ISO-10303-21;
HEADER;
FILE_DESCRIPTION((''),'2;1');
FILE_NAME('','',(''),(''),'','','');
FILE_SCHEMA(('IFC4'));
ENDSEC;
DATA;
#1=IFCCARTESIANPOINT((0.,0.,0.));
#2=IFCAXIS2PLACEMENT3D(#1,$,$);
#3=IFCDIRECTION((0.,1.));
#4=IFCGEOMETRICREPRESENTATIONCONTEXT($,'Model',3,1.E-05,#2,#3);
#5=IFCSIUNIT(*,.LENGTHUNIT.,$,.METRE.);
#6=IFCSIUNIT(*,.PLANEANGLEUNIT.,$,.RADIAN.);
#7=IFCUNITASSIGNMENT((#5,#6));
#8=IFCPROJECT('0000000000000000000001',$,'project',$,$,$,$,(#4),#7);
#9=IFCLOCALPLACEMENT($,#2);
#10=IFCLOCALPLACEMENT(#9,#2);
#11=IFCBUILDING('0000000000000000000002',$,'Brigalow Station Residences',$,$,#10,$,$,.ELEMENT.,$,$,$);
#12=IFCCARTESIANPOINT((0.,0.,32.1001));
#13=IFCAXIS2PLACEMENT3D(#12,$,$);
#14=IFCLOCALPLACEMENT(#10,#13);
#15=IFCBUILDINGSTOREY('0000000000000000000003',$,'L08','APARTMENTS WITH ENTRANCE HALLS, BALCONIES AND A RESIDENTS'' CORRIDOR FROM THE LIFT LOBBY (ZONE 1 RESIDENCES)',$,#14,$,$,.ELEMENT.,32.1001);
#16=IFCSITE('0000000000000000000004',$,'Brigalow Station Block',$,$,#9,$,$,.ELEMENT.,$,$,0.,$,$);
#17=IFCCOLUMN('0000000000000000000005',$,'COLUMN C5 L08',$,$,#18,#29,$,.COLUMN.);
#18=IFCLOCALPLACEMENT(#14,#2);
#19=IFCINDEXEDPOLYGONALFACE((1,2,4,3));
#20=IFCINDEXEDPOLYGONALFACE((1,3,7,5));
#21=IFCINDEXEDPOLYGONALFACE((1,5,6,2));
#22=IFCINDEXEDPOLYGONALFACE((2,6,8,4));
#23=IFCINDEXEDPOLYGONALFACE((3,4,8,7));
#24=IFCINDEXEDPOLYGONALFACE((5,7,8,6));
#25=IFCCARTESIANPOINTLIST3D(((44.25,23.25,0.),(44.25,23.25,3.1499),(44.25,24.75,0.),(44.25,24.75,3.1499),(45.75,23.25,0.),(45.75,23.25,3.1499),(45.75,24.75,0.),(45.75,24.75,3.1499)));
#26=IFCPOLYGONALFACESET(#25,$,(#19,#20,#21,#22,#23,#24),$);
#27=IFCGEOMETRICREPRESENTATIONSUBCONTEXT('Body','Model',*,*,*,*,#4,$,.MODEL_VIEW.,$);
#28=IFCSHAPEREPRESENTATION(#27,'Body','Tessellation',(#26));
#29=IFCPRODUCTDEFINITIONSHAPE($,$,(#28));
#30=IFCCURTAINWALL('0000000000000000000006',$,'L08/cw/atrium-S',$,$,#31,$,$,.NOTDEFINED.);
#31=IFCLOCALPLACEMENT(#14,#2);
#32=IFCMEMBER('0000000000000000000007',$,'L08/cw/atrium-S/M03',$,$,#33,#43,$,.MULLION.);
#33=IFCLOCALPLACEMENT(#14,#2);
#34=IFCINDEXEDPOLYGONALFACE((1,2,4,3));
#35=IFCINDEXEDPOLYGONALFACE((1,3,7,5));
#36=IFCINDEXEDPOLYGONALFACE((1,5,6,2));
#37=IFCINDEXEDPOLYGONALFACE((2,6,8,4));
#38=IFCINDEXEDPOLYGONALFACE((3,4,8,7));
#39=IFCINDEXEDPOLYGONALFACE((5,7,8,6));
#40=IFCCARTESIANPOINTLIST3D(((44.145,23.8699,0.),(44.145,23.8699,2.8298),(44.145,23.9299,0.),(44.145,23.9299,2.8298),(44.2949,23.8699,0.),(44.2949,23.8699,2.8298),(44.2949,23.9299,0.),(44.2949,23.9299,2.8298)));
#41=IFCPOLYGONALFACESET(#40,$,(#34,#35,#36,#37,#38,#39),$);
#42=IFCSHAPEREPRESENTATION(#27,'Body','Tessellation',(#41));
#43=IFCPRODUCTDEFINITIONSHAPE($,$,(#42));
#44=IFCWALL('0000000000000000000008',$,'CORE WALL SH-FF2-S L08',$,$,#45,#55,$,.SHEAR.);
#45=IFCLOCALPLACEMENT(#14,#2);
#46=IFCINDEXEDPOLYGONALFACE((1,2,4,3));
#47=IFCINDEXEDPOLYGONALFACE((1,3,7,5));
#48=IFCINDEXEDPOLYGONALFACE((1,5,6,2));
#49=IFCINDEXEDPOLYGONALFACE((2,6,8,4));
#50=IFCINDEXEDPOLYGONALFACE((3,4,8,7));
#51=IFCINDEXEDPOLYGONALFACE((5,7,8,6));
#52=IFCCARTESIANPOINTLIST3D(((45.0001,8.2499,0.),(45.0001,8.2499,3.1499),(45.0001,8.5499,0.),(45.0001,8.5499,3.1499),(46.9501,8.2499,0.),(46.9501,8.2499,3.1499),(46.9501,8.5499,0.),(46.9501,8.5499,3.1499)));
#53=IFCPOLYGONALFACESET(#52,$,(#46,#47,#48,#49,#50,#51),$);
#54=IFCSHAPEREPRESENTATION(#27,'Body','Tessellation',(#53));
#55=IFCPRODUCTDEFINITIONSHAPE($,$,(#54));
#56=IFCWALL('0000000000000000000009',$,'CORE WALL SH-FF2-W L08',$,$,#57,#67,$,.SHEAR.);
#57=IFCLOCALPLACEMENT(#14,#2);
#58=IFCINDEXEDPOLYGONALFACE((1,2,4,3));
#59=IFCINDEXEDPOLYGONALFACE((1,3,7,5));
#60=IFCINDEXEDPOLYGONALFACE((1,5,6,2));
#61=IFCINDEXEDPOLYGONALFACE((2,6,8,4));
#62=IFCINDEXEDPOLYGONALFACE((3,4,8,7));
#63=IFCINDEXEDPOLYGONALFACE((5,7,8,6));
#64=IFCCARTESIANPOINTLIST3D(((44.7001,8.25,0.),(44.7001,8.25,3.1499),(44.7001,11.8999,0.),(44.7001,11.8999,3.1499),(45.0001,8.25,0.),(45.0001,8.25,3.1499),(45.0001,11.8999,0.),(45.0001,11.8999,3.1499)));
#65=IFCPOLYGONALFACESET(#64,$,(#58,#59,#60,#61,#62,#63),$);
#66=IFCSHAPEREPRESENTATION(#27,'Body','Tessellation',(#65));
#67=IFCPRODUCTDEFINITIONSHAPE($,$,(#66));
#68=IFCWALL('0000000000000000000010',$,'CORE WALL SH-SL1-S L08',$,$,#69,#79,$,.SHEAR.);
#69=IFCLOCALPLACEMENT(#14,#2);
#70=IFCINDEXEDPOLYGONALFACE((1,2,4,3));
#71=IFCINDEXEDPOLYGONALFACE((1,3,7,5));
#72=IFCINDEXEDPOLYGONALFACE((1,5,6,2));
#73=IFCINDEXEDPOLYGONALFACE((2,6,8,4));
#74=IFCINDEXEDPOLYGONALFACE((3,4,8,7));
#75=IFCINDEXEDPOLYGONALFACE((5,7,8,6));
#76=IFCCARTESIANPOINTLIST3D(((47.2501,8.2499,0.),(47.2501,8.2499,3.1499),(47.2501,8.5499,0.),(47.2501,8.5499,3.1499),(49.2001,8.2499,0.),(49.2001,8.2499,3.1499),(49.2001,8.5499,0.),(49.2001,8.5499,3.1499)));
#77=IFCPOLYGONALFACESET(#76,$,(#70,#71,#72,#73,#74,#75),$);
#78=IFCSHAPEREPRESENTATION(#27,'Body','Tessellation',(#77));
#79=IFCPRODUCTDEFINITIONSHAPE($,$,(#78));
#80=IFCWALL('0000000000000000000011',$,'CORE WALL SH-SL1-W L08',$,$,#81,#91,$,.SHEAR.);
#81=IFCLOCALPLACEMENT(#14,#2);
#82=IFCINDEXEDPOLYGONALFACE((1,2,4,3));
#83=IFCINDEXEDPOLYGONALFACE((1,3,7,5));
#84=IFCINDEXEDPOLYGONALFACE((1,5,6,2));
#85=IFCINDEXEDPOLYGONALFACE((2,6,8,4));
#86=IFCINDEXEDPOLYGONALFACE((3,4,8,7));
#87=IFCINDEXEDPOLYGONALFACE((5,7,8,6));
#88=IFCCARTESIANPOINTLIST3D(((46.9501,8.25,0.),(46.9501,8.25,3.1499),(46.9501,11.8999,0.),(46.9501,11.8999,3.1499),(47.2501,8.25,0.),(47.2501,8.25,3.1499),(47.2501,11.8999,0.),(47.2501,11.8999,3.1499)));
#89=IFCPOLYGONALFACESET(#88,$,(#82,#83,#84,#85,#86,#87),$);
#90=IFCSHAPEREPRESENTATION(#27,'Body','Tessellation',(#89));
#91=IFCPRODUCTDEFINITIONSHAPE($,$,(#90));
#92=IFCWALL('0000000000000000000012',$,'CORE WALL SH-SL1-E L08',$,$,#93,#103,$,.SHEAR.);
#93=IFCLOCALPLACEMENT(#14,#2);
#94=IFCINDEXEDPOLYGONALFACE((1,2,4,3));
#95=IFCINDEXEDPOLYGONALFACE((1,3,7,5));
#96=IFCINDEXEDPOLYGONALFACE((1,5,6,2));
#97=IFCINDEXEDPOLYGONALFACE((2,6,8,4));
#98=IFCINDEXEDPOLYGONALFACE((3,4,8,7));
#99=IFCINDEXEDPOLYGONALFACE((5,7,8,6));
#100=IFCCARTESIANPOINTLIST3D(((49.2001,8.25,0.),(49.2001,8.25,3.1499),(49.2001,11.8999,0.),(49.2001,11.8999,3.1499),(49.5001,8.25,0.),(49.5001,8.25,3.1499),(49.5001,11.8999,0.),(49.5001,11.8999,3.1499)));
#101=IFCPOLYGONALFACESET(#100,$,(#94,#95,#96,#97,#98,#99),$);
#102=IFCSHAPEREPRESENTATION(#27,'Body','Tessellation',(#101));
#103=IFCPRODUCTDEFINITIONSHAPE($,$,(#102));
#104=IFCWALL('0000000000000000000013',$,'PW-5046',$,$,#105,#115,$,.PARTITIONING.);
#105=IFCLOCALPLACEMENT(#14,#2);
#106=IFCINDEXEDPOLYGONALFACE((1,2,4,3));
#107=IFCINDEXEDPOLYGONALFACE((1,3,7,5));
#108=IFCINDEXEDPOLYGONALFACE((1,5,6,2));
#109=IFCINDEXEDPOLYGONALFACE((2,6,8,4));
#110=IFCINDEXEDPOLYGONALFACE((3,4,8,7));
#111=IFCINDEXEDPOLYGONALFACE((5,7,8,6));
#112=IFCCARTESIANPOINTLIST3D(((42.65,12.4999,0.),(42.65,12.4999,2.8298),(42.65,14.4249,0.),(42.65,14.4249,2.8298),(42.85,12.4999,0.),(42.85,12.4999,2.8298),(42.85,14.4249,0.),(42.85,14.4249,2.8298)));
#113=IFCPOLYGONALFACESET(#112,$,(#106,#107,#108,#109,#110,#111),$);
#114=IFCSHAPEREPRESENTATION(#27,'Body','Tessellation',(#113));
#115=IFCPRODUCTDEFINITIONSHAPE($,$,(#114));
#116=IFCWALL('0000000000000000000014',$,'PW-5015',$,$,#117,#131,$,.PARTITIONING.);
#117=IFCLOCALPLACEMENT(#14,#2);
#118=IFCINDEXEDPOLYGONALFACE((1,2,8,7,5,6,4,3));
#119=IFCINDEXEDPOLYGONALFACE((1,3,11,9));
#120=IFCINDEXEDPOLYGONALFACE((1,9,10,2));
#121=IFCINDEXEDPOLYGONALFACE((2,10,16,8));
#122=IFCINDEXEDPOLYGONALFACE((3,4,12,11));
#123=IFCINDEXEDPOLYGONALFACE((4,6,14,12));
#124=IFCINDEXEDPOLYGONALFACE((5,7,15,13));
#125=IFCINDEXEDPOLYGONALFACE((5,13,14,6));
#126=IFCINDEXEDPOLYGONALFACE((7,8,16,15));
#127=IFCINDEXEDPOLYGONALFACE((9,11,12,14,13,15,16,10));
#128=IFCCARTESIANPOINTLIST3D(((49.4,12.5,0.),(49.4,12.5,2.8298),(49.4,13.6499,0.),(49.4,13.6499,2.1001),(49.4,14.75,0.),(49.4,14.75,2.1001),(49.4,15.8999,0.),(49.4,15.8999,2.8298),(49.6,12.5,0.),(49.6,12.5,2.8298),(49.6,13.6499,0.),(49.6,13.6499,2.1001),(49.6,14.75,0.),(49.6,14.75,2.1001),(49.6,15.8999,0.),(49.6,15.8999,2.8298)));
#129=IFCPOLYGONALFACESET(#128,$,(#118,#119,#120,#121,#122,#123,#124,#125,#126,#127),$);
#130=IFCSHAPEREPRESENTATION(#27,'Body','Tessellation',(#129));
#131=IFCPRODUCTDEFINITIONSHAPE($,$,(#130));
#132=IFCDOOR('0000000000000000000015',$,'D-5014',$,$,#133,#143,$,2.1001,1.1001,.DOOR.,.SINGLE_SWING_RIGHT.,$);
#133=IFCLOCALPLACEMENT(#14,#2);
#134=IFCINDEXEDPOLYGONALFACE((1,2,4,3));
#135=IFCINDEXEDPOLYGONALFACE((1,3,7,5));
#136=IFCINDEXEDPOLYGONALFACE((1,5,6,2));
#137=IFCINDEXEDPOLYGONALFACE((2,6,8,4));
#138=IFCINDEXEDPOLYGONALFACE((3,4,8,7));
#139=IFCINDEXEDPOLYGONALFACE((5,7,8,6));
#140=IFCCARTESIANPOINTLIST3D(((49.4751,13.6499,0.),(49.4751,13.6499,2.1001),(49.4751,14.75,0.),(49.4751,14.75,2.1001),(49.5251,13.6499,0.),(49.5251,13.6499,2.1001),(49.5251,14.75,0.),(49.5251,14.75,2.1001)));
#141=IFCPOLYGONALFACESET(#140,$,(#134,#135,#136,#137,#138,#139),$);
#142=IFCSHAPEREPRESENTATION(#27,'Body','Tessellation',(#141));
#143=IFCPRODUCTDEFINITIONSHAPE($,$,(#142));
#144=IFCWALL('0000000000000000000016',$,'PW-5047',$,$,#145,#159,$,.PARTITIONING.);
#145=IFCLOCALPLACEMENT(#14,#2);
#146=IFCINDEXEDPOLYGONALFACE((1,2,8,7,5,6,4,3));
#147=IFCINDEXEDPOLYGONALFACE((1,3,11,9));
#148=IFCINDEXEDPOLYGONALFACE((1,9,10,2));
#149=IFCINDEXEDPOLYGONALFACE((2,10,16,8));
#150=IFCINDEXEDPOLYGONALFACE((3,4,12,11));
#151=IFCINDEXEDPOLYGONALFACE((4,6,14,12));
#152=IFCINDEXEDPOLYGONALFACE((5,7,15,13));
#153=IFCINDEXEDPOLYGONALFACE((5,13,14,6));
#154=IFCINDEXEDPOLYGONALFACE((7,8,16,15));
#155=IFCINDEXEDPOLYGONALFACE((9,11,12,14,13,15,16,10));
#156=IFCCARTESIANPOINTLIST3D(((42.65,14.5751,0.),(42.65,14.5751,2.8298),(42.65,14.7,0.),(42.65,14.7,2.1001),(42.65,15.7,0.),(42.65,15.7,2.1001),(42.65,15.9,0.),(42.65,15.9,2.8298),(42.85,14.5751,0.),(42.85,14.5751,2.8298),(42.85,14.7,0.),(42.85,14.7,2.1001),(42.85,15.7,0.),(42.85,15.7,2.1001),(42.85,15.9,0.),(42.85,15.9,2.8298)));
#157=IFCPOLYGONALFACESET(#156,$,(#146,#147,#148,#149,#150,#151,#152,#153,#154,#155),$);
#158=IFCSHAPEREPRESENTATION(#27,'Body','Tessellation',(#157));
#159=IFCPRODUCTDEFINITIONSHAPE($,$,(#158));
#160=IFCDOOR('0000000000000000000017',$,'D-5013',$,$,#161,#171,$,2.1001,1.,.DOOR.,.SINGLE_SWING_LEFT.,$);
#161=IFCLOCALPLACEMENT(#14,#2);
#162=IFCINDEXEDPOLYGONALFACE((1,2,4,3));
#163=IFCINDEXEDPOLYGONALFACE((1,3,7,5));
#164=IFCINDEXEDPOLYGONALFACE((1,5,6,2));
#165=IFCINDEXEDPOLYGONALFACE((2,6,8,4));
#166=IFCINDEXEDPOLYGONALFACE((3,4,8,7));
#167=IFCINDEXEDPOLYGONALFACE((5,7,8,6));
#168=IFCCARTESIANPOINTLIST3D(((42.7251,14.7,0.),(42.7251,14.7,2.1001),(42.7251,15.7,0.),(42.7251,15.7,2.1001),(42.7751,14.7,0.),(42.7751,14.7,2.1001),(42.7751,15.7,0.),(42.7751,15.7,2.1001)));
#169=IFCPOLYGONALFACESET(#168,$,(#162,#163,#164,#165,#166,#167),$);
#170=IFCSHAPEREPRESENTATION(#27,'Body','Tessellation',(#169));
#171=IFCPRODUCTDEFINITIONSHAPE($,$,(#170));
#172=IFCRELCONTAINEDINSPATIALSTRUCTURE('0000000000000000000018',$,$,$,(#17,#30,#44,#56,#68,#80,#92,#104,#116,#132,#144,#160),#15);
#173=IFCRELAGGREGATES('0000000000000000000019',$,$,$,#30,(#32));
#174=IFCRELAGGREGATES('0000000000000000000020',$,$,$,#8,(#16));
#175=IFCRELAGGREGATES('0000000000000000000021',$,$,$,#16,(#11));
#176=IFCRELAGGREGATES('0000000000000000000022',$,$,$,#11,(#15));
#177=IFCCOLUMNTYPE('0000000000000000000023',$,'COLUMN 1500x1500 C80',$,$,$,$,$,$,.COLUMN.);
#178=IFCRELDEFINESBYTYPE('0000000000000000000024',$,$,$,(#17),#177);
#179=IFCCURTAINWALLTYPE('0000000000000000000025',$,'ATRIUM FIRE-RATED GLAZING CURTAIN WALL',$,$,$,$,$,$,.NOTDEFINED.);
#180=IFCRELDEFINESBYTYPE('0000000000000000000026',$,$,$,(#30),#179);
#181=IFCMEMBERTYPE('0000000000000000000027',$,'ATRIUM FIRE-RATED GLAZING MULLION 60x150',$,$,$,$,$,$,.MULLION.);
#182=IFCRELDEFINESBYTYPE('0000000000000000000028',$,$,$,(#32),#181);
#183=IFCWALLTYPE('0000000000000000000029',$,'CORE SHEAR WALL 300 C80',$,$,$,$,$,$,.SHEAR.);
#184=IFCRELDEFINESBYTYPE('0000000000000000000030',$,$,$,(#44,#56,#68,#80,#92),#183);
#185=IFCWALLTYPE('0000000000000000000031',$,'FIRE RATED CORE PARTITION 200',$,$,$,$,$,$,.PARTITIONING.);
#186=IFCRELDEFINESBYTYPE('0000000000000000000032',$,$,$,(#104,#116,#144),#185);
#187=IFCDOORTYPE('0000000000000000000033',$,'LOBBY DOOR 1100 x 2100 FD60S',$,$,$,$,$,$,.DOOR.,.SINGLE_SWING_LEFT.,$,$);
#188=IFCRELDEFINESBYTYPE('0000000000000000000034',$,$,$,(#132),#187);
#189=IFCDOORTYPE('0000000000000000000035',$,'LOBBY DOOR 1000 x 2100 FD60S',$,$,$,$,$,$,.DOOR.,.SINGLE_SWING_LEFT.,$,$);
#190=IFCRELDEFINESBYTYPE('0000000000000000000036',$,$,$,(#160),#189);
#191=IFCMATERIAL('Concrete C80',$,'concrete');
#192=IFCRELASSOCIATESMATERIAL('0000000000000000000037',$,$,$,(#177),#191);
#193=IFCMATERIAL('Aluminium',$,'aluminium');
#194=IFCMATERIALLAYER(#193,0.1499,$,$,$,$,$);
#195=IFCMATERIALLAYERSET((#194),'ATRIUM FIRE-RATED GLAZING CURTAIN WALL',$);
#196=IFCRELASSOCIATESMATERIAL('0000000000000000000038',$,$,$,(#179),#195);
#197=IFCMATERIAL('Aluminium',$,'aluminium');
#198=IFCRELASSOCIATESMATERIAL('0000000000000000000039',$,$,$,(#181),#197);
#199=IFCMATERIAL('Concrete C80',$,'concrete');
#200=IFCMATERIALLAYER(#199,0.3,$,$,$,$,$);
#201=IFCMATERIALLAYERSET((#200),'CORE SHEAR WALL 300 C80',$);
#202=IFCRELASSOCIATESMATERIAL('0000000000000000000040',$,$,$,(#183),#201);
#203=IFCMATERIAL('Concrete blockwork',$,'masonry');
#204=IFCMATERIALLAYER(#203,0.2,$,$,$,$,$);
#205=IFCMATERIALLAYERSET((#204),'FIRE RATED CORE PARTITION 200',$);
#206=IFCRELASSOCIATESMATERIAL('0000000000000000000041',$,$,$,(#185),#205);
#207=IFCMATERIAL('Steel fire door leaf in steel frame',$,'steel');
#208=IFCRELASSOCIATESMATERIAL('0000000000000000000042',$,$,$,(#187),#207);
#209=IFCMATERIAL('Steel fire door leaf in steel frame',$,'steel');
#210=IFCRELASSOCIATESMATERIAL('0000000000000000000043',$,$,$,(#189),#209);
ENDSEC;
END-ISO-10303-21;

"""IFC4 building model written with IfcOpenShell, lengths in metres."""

from ifc_helpers import new_model, si_unit, direction, frame, frame_2d, origin, origin_2d, place, context, subcontext, project, spatial, rectangle, extrude, material, layer, layer_set, material_profile, profile_set, type_object, element, fill, aggregate, save


model = new_model("IFC4")

# Units and contexts
model_context = context("Model", 3, precision=1e-05, world=origin(), true_north=direction((0.0, 1.0)))
body_context = subcontext(model_context, "Body", "Model", "MODEL_VIEW")
ifc_project = project(units=[si_unit("LENGTHUNIT", "METRE"), si_unit("PLANEANGLEUNIT", "RADIAN")], contexts=[model_context])

# Site, building, storey
site_placement = place(None, origin())
site = spatial("IfcSite", under=ifc_project, at=site_placement, Name="Brigalow Station Block", CompositionType="ELEMENT", RefElevation=0.0)
building_placement = place(site_placement, origin())
building = spatial("IfcBuilding", under=site, at=building_placement, Name="Brigalow Station Residences", CompositionType="ELEMENT")
storey_placement = place(building_placement, frame((0.0, 0.0, 32.1001)))
storey = spatial("IfcBuildingStorey", under=building, at=storey_placement, Name="L08", Description="APARTMENTS WITH ENTRANCE HALLS, BALCONIES AND A RESIDENTS' CORRIDOR FROM THE LIFT LOBBY (ZONE 1 RESIDENCES)", CompositionType="ELEMENT", Elevation=32.1001)

# Column
ifc_material_1 = material(Name="Concrete C80", Category="concrete")
ifc_material_profile_1 = material_profile(ifc_material_1, rectangle(XDim=1.5, YDim=1.5, at=origin_2d()), Name="RC1500x1500")
ifc_profile_set_1 = profile_set([ifc_material_profile_1], Name="Concrete C80")
column_type = type_object("IfcColumnType", Name="COLUMN 1500x1500 C80", PredefinedType="COLUMN", material=ifc_profile_set_1)
column_placement = place(storey_placement, frame((45.0, 24.0, 0.0), z_axis=(0.0, 0.0, 1.0), x_axis=(1.0, 0.0, 0.0)))
element("IfcColumn", 1, at=column_placement, inside=storey, type_object=column_type, Name="COLUMN C5 L08", PredefinedType="COLUMN", context=body_context, shape_type="SweptSolid", body=[
    extrude(rectangle(XDim=1.5, YDim=1.5, at=origin_2d()), origin(), (0.0, 0.0, 1.0), 3.1499),
])

# Curtain wall, member
ifc_material_2 = material(Name="Aluminium", Category="aluminium")
ifc_layer_1 = layer(ifc_material_2, 0.1499)
ifc_layer_set_1 = layer_set([ifc_layer_1], Name="ATRIUM FIRE-RATED GLAZING CURTAIN WALL")
curtain_wall_type = type_object("IfcCurtainWallType", Name="ATRIUM FIRE-RATED GLAZING CURTAIN WALL", PredefinedType="NOTDEFINED", material=ifc_layer_set_1)
curtain_wall_placement = place(storey_placement, origin())
curtain_wall = element("IfcCurtainWall", 2, at=curtain_wall_placement, inside=storey, type_object=curtain_wall_type, Name="L08/cw/atrium-S", PredefinedType="NOTDEFINED")
ifc_material_3 = material(Name="Aluminium", Category="aluminium")
ifc_material_profile_2 = material_profile(ifc_material_3, rectangle(XDim=0.0601, YDim=0.1499, at=origin_2d()), Name="ATRIUM FIRE-RATED GLAZING MULLION 60x150")
ifc_profile_set_2 = profile_set([ifc_material_profile_2], Name="Aluminium")
member_type = type_object("IfcMemberType", Name="ATRIUM FIRE-RATED GLAZING MULLION 60x150", PredefinedType="MULLION", material=ifc_profile_set_2)
member_placement = place(storey_placement, frame((44.22, 23.8999, 0.0), z_axis=(0.0, 0.0, 1.0), x_axis=(0.0, 1.0, 0.0)))
member = element("IfcMember", 3, at=member_placement, type_object=member_type, Name="L08/cw/atrium-S/M03", PredefinedType="MULLION", context=body_context, shape_type="SweptSolid", body=[
    extrude(rectangle(XDim=0.0601, YDim=0.1499, at=origin_2d()), origin(), (0.0, 0.0, 1.0), 2.8298),
])
aggregate(curtain_wall, [member])

# Walls
ifc_material_4 = material(Name="Concrete C80", Category="concrete")
ifc_layer_2 = layer(ifc_material_4, 0.3)
ifc_layer_set_2 = layer_set([ifc_layer_2], Name="CORE SHEAR WALL 300 C80")
wall_type_1 = type_object("IfcWallType", Name="CORE SHEAR WALL 300 C80", PredefinedType="SHEAR", material=ifc_layer_set_2)
wall_1_placement = place(storey_placement, frame((45.0, 8.3999, 0.0), z_axis=(0.0, 0.0, 1.0), x_axis=(1.0, 0.0, 0.0)))
element("IfcWall", 4, at=wall_1_placement, inside=storey, type_object=wall_type_1, Name="CORE WALL SH-FF2-S L08", PredefinedType="SHEAR", context=body_context, shape_type="SweptSolid", body=[
    extrude(rectangle(XDim=1.95, YDim=0.3, at=frame_2d((0.9751, 0.0))), origin(), (0.0, 0.0, 1.0), 3.1499),
])
wall_2_placement = place(storey_placement, frame((44.8501, 8.25, 0.0), z_axis=(0.0, 0.0, 1.0), x_axis=(0.0, 1.0, 0.0)))
element("IfcWall", 5, at=wall_2_placement, inside=storey, type_object=wall_type_1, Name="CORE WALL SH-FF2-W L08", PredefinedType="SHEAR", context=body_context, shape_type="SweptSolid", body=[
    extrude(rectangle(XDim=3.6499, YDim=0.3, at=frame_2d((1.825, 0.0))), origin(), (0.0, 0.0, 1.0), 3.1499),
])
wall_3_placement = place(storey_placement, frame((47.25, 8.3999, 0.0), z_axis=(0.0, 0.0, 1.0), x_axis=(1.0, 0.0, 0.0)))
element("IfcWall", 6, at=wall_3_placement, inside=storey, type_object=wall_type_1, Name="CORE WALL SH-SL1-S L08", PredefinedType="SHEAR", context=body_context, shape_type="SweptSolid", body=[
    extrude(rectangle(XDim=1.95, YDim=0.3, at=frame_2d((0.9751, 0.0))), origin(), (0.0, 0.0, 1.0), 3.1499),
])
for number, where, z_axis, x_axis, name in (
    (7, (47.1001, 8.25, 0.0), (0.0, 0.0, 1.0), (0.0, 1.0, 0.0), "CORE WALL SH-SL1-W L08"),
    (8, (49.3501, 8.25, 0.0), (0.0, 0.0, 1.0), (0.0, 1.0, 0.0), "CORE WALL SH-SL1-E L08"),
):
    element("IfcWall", number, at=place(storey_placement, frame(where, z_axis=z_axis, x_axis=x_axis)), inside=storey, type_object=wall_type_1, Name=name, PredefinedType="SHEAR", context=body_context, shape_type="SweptSolid", body=[
        extrude(rectangle(XDim=3.6499, YDim=0.3, at=frame_2d((1.825, 0.0))), origin(), (0.0, 0.0, 1.0), 3.1499),
    ])
ifc_material_5 = material(Name="Concrete blockwork", Category="masonry")
ifc_layer_3 = layer(ifc_material_5, 0.2)
ifc_layer_set_3 = layer_set([ifc_layer_3], Name="FIRE RATED CORE PARTITION 200")
wall_type_2 = type_object("IfcWallType", Name="FIRE RATED CORE PARTITION 200", PredefinedType="PARTITIONING", material=ifc_layer_set_3)
wall_4_placement = place(storey_placement, frame((42.75, 12.5, 0.0), z_axis=(0.0, 0.0, 1.0), x_axis=(0.0, 1.0, 0.0)))
element("IfcWall", 9, at=wall_4_placement, inside=storey, type_object=wall_type_2, Name="PW-5046", PredefinedType="PARTITIONING", context=body_context, shape_type="SweptSolid", body=[
    extrude(rectangle(XDim=1.925, YDim=0.2, at=frame_2d((0.9624, 0.0))), origin(), (0.0, 0.0, 1.0), 2.8298),
])

# Walls, openings, doors
wall_5_placement = place(storey_placement, frame((49.5, 12.5, 0.0), z_axis=(0.0, 0.0, 1.0), x_axis=(0.0, 1.0, 0.0)))
wall_5 = element("IfcWall", 10, at=wall_5_placement, inside=storey, type_object=wall_type_2, Name="PW-5015", PredefinedType="PARTITIONING", context=body_context, shape_type="SweptSolid", body=[
    extrude(rectangle(XDim=3.3999, YDim=0.2, at=frame_2d((1.7, 0.0))), origin(), (0.0, 0.0, 1.0), 2.8298),
])
opening_1_placement = place(wall_5_placement, frame((1.1499, 0.0, 0.0)))
opening_1 = element("IfcOpeningElement", 11, at=opening_1_placement, cuts=wall_5, PredefinedType="OPENING", context=body_context, shape_type="SweptSolid", body=[
    extrude(rectangle(XDim=1.1001, YDim=2.1001, at=frame_2d((0.55, 1.05))), frame((0.0, 0.1099, 0.0), z_axis=(0.0, -1.0, 0.0), x_axis=(1.0, 0.0, 0.0)), (0.0, 0.0, 1.0), 0.22),
])
ifc_material_6 = material(Name="Steel fire door leaf in steel frame", Category="steel")
door_type_1 = type_object("IfcDoorType", Name="LOBBY DOOR 1100 x 2100 FD60S", OperationType="SINGLE_SWING_LEFT", PredefinedType="DOOR", material=ifc_material_6)
door_1_placement = place(opening_1_placement, origin())
door_1 = element("IfcDoor", 12, at=door_1_placement, inside=storey, type_object=door_type_1, Name="D-5014", OperationType="SINGLE_SWING_RIGHT", OverallHeight=2.1001, OverallWidth=1.1001, PredefinedType="DOOR", context=body_context, shape_type="SweptSolid", body=[
    extrude(rectangle(XDim=1.1001, YDim=2.1001, at=frame_2d((0.55, 1.05))), frame((0.0, 0.0249, 0.0), z_axis=(0.0, -1.0, 0.0), x_axis=(1.0, 0.0, 0.0)), (0.0, 0.0, 1.0), 0.05),
])
fill(opening_1, door_1)
wall_6_placement = place(storey_placement, frame((42.75, 14.575, 0.0), z_axis=(0.0, 0.0, 1.0), x_axis=(0.0, 1.0, 0.0)))
wall_6 = element("IfcWall", 13, at=wall_6_placement, inside=storey, type_object=wall_type_2, Name="PW-5047", PredefinedType="PARTITIONING", context=body_context, shape_type="SweptSolid", body=[
    extrude(rectangle(XDim=1.325, YDim=0.2, at=frame_2d((0.6626, 0.0))), origin(), (0.0, 0.0, 1.0), 2.8298),
])
opening_2_placement = place(wall_6_placement, frame((0.125, 0.0, 0.0)))
opening_2 = element("IfcOpeningElement", 14, at=opening_2_placement, cuts=wall_6, PredefinedType="OPENING", context=body_context, shape_type="SweptSolid", body=[
    extrude(rectangle(XDim=1.0, YDim=2.1001, at=frame_2d((0.5, 1.05))), frame((0.0, 0.1099, 0.0), z_axis=(0.0, -1.0, 0.0), x_axis=(1.0, 0.0, 0.0)), (0.0, 0.0, 1.0), 0.22),
])
ifc_material_7 = material(Name="Steel fire door leaf in steel frame", Category="steel")
door_type_2 = type_object("IfcDoorType", Name="LOBBY DOOR 1000 x 2100 FD60S", OperationType="SINGLE_SWING_LEFT", PredefinedType="DOOR", material=ifc_material_7)
door_2_placement = place(opening_2_placement, origin())
door_2 = element("IfcDoor", 15, at=door_2_placement, inside=storey, type_object=door_type_2, Name="D-5013", OperationType="SINGLE_SWING_LEFT", OverallHeight=2.1001, OverallWidth=1.0, PredefinedType="DOOR", context=body_context, shape_type="SweptSolid", body=[
    extrude(rectangle(XDim=1.0, YDim=2.1001, at=frame_2d((0.5, 1.05))), frame((0.0, 0.0249, 0.0), z_axis=(0.0, -1.0, 0.0), x_axis=(1.0, 0.0, 0.0)), (0.0, 0.0, 1.0), 0.05),
])
fill(opening_2, door_2)

save(model, "model.ifc")
